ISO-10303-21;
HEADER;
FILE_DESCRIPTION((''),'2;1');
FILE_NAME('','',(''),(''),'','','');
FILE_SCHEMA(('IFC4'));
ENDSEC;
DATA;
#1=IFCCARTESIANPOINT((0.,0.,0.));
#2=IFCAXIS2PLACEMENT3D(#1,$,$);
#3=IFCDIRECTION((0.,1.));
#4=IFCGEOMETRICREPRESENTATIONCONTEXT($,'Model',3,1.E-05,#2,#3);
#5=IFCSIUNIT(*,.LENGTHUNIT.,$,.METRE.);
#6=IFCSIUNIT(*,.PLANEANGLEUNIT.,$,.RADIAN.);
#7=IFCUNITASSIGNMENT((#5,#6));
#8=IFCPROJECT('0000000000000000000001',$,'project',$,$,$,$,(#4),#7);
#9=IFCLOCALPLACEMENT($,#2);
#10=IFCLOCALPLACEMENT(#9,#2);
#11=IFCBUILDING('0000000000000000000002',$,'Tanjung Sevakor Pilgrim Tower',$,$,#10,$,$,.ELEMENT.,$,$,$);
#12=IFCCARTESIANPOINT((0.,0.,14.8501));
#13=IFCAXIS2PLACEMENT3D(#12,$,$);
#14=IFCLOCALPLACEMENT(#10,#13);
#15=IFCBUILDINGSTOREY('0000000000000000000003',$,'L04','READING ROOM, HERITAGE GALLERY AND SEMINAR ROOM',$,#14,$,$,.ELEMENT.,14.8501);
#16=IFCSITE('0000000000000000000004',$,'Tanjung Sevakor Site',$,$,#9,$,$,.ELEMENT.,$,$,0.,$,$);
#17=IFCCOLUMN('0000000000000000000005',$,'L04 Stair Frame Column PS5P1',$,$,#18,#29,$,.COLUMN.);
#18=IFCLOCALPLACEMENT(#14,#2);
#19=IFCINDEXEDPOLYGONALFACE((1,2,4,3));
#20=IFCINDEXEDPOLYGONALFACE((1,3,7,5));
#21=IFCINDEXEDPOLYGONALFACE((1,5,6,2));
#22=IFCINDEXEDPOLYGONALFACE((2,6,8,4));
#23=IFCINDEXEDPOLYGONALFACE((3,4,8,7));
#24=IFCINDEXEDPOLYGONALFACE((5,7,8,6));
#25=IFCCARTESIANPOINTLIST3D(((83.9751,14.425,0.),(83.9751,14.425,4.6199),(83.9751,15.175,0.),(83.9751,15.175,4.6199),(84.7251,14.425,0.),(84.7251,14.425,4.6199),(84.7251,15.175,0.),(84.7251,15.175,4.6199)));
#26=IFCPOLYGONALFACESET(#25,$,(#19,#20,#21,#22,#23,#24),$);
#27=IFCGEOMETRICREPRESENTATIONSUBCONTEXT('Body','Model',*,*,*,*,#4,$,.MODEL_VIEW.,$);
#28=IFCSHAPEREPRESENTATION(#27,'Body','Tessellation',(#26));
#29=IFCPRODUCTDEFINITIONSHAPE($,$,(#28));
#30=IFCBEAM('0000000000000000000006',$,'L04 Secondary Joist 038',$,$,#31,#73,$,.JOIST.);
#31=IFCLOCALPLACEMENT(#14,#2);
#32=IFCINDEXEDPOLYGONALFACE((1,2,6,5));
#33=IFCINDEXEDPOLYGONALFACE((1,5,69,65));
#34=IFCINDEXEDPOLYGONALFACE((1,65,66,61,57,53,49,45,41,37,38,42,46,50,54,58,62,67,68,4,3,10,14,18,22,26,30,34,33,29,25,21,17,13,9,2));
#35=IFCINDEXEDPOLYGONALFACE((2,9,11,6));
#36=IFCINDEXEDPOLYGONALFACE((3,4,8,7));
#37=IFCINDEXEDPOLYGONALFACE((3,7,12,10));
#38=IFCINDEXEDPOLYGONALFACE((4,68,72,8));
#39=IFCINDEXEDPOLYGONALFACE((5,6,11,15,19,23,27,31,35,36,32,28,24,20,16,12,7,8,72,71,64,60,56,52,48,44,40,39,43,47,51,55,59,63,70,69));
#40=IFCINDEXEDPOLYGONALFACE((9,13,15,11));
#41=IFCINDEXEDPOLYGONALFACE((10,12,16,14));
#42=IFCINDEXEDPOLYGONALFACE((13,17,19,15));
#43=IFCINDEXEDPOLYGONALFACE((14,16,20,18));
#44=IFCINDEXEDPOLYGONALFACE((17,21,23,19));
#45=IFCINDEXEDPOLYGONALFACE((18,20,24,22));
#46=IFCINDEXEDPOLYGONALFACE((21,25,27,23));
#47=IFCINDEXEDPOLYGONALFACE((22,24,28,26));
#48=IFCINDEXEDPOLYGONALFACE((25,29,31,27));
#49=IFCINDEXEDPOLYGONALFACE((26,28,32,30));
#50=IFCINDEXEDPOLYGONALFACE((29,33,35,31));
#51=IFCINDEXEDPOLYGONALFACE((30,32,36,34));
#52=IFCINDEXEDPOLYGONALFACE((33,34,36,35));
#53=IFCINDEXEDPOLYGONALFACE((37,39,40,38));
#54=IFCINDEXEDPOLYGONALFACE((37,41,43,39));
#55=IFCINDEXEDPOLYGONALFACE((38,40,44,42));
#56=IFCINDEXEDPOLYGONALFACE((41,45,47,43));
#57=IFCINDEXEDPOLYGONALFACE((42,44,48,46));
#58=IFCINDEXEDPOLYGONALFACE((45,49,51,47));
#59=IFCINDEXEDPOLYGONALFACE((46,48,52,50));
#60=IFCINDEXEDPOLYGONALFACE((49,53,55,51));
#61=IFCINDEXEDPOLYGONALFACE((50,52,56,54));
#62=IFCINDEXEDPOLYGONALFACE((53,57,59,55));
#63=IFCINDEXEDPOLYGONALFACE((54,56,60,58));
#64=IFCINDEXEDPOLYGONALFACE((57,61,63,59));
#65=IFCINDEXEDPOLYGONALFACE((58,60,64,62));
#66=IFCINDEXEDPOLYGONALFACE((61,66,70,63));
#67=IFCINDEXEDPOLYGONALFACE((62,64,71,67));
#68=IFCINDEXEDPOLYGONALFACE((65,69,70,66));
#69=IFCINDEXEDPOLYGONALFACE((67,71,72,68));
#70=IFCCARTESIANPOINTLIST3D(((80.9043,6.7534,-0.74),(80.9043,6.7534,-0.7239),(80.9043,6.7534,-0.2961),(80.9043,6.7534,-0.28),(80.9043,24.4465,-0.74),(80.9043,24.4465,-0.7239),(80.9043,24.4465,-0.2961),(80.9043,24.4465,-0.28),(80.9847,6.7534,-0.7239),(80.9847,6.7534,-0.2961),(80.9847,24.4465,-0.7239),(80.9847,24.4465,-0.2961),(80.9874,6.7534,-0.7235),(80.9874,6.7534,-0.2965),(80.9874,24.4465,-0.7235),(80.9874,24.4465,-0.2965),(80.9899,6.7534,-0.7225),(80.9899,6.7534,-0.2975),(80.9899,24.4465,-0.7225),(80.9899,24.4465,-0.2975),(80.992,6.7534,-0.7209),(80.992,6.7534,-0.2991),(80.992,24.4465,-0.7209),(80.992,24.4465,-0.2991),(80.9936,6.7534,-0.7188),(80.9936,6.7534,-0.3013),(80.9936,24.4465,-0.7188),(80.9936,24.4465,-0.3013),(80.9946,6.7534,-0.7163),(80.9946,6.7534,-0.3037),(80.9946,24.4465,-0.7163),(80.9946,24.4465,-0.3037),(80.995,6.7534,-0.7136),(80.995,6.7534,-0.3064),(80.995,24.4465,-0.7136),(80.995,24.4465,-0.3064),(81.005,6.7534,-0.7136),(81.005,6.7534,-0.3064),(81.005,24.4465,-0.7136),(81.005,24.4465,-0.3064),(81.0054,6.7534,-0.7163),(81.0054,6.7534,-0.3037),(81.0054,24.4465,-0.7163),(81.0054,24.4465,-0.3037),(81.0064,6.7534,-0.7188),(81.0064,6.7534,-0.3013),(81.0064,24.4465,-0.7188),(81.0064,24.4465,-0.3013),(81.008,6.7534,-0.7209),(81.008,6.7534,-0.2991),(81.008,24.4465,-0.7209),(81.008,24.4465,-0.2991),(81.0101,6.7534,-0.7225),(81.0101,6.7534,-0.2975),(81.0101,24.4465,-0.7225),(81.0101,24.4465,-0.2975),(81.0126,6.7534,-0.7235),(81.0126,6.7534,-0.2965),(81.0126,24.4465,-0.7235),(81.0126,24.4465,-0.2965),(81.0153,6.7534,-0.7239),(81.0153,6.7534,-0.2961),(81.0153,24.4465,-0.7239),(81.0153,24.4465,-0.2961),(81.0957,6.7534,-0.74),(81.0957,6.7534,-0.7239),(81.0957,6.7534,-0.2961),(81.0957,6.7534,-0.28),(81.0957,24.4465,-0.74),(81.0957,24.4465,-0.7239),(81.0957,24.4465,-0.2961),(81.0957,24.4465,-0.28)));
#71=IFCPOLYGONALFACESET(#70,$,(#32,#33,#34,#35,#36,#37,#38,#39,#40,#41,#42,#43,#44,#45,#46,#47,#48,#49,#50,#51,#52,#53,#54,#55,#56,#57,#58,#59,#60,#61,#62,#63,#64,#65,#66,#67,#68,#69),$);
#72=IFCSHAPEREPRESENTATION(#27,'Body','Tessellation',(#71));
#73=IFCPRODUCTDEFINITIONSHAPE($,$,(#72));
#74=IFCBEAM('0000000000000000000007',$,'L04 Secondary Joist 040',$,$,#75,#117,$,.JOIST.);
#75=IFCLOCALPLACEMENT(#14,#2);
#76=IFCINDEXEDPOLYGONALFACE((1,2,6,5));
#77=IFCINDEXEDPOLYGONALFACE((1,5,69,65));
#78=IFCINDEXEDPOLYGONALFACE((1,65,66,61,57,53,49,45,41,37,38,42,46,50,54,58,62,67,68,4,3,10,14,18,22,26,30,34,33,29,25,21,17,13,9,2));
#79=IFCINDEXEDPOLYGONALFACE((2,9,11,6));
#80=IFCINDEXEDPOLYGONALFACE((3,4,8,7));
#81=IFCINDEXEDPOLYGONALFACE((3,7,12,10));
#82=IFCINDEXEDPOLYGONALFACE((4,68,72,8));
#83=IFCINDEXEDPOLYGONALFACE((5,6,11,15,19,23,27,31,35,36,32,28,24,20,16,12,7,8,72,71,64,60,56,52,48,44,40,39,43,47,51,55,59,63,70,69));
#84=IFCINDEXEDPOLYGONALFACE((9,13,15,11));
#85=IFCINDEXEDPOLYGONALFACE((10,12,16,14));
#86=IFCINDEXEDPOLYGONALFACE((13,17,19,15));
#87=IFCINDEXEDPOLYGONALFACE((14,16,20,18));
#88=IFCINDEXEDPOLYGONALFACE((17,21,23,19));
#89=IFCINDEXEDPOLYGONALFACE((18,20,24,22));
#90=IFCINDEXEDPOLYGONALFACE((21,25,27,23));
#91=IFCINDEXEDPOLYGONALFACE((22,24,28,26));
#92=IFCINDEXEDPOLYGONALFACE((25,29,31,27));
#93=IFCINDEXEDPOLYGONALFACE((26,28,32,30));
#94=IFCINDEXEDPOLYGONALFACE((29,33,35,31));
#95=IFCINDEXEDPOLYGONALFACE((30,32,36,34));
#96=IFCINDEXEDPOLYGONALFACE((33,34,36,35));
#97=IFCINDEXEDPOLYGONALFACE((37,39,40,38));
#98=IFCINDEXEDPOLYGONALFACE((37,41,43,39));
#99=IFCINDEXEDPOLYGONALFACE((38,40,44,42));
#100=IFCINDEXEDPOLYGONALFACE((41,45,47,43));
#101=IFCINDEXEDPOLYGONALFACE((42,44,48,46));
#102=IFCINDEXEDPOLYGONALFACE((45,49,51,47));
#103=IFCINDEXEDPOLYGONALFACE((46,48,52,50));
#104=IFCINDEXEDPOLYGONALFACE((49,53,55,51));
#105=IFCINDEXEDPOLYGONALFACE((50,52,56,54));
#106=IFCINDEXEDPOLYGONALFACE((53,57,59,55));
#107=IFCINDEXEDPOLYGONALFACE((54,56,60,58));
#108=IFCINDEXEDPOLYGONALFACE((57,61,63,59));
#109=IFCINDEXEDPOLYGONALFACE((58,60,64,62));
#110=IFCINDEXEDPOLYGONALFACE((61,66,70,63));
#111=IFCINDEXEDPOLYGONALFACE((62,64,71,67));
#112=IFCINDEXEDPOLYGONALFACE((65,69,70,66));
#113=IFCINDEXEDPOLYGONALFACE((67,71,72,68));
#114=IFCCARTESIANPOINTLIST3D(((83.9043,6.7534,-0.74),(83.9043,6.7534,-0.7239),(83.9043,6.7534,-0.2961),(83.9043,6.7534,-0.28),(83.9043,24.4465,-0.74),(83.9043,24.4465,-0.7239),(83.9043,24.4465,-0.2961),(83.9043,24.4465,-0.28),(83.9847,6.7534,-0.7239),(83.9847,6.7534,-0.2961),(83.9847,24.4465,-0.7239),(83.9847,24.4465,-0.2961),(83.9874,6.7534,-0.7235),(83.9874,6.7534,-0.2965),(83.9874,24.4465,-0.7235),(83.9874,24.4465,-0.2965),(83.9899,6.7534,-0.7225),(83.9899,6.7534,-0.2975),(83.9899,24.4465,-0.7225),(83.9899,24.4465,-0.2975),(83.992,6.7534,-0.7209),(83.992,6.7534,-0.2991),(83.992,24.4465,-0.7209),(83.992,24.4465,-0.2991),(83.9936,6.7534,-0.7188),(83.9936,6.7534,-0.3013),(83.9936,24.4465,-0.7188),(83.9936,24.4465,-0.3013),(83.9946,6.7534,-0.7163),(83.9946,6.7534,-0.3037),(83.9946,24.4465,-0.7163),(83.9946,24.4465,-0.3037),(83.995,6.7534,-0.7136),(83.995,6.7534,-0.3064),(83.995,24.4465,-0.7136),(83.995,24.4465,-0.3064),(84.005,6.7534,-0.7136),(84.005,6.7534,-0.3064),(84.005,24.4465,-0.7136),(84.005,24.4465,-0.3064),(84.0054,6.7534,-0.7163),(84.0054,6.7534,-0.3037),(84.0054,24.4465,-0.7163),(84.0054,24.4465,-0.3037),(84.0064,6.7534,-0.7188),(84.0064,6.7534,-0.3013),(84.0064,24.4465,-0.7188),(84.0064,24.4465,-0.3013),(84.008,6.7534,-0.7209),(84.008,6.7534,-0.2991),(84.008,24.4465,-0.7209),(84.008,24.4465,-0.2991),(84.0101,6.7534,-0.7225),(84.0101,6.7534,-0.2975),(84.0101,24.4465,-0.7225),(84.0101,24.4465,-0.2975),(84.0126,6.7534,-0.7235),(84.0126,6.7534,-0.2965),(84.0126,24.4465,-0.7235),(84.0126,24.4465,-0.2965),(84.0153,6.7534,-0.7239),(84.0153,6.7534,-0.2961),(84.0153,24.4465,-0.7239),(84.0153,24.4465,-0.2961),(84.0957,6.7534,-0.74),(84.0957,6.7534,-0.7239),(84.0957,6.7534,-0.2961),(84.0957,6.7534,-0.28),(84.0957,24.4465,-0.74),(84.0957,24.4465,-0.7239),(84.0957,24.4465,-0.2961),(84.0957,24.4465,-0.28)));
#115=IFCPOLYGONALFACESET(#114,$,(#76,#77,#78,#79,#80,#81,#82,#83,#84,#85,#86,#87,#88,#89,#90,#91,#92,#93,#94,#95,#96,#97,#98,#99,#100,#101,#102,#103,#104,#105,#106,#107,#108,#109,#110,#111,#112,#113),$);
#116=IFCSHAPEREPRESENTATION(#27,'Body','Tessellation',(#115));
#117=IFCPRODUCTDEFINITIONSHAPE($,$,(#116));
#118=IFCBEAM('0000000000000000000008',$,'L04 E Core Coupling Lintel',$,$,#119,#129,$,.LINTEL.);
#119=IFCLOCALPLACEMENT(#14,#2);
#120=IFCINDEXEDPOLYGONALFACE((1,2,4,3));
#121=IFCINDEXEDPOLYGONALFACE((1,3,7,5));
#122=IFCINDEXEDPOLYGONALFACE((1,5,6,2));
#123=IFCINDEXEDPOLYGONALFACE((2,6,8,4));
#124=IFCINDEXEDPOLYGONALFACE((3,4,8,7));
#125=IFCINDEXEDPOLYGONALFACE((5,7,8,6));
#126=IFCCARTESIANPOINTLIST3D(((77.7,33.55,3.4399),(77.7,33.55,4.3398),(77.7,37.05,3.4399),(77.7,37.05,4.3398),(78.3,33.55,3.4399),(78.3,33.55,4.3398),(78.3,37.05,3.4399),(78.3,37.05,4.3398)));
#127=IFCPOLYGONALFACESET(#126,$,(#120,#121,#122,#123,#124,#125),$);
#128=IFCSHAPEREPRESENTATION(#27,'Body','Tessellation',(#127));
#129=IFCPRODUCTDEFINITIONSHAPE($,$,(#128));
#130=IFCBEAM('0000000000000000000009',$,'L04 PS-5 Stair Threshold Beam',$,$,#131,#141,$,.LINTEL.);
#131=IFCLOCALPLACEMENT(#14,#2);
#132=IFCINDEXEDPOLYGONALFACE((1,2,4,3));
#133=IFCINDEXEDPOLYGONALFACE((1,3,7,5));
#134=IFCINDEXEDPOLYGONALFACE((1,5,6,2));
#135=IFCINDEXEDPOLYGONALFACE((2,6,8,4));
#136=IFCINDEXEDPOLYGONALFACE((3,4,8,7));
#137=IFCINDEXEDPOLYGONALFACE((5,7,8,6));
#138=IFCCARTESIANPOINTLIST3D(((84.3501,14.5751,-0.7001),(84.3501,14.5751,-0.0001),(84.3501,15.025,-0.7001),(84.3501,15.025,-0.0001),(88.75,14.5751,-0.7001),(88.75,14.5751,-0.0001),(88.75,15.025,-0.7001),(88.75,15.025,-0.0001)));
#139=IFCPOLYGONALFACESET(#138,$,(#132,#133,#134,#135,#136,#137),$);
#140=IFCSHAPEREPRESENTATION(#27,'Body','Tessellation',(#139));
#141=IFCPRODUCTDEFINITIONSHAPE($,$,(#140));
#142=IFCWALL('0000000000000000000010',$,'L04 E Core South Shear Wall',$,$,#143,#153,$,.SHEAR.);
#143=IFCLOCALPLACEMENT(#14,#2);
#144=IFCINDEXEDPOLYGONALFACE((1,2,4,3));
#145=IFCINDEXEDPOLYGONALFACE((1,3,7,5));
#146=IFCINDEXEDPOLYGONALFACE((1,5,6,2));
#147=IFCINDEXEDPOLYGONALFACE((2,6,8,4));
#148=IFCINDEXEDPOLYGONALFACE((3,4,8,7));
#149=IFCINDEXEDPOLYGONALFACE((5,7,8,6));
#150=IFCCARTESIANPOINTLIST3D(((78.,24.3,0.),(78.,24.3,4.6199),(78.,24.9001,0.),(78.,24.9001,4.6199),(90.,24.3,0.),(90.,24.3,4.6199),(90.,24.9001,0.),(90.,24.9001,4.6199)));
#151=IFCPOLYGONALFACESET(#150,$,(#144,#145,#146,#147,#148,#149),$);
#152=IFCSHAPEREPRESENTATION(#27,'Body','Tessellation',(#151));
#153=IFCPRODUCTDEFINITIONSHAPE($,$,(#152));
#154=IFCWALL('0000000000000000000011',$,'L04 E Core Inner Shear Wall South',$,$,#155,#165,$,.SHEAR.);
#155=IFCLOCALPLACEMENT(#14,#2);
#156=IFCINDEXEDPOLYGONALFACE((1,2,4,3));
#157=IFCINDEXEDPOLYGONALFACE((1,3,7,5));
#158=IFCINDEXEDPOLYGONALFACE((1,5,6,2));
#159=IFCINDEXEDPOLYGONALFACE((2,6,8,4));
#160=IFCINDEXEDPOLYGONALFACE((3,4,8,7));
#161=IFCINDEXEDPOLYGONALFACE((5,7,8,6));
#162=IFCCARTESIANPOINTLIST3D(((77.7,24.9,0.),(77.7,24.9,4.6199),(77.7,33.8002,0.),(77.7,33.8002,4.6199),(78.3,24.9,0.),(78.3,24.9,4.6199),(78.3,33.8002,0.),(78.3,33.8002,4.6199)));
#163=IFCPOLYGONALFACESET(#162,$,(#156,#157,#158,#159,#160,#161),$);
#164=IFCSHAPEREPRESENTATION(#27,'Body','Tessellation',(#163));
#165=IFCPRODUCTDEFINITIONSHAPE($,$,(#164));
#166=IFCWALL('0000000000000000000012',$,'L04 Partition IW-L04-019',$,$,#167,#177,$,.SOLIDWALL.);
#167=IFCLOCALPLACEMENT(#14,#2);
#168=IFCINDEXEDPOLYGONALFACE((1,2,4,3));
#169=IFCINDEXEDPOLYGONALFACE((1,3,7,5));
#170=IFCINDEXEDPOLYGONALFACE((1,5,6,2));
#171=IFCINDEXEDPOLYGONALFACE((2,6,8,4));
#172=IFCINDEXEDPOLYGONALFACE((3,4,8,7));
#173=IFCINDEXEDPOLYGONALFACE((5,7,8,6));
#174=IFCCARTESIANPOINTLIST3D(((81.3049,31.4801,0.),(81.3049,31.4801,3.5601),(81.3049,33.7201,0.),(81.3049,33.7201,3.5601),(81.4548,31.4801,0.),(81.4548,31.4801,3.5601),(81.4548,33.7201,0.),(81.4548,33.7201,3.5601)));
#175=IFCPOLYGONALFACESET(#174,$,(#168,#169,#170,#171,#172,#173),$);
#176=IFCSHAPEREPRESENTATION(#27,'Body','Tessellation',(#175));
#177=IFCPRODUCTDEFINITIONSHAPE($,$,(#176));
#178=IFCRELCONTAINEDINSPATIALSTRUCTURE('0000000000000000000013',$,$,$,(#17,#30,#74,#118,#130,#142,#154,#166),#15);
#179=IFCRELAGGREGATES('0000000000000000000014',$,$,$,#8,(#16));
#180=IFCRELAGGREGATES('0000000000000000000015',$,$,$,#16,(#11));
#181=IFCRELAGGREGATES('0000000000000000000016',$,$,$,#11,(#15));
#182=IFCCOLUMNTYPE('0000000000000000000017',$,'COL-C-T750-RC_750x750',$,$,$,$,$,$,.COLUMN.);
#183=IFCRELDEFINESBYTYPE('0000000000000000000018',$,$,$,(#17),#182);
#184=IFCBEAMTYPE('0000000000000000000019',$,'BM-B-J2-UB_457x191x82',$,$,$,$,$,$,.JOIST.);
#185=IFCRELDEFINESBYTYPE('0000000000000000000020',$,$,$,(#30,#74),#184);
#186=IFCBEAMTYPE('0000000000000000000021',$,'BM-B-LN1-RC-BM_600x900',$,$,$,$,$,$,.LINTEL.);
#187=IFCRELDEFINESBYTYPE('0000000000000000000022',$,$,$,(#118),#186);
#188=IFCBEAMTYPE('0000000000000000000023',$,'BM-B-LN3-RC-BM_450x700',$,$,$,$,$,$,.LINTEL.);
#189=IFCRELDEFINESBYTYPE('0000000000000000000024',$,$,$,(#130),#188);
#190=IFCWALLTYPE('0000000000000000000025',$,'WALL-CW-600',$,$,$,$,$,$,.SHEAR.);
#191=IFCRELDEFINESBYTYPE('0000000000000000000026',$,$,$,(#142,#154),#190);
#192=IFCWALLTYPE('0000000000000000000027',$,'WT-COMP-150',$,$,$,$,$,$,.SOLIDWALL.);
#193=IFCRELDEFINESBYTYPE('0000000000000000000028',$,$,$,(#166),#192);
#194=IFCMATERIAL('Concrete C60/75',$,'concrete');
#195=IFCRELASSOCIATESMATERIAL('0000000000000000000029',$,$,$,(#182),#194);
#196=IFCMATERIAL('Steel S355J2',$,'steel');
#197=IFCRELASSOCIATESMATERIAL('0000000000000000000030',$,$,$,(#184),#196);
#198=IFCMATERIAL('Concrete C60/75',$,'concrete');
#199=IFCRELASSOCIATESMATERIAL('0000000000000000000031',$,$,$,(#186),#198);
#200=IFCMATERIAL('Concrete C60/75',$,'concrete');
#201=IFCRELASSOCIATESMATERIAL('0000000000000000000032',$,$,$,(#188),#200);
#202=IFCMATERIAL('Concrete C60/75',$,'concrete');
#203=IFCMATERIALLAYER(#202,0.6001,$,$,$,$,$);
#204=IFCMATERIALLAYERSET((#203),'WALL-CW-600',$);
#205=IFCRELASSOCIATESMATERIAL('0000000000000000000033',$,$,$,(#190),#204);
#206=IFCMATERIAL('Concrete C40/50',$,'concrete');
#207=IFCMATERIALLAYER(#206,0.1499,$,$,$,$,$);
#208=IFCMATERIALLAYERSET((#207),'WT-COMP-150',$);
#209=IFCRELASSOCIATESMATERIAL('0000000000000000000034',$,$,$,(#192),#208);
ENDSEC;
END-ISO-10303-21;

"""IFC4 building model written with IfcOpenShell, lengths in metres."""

from ifc_helpers import new_model, si_unit, direction, frame, frame_2d, origin, origin_2d, place, context, subcontext, project, spatial, rectangle, i_section, extrude, material, layer, layer_set, material_profile, profile_set, type_object, element, save


model = new_model("IFC4")

# Units and contexts
model_context = context("Model", 3, precision=1e-05, world=origin(), true_north=direction((0.0, 1.0)))
body_context = subcontext(model_context, "Body", "Model", "MODEL_VIEW")
ifc_project = project(units=[si_unit("LENGTHUNIT", "METRE"), si_unit("PLANEANGLEUNIT", "RADIAN")], contexts=[model_context])

# Site, building, storey
site_placement = place(None, origin())
site = spatial("IfcSite", under=ifc_project, at=site_placement, Name="Tanjung Sevakor Site", CompositionType="ELEMENT", RefElevation=0.0)
building_placement = place(site_placement, origin())
building = spatial("IfcBuilding", under=site, at=building_placement, Name="Tanjung Sevakor Pilgrim Tower", CompositionType="ELEMENT")
storey_placement = place(building_placement, frame((0.0, 0.0, 14.8501)))
storey = spatial("IfcBuildingStorey", under=building, at=storey_placement, Name="L04", Description="READING ROOM, HERITAGE GALLERY AND SEMINAR ROOM", CompositionType="ELEMENT", Elevation=14.8501)

# Column
ifc_material_1 = material(Name="Concrete C60/75", Category="concrete")
ifc_material_profile_1 = material_profile(ifc_material_1, rectangle(XDim=0.75, YDim=0.75, at=origin_2d()))
ifc_profile_set_1 = profile_set([ifc_material_profile_1], Name="Concrete C60/75")
column_type = type_object("IfcColumnType", Name="COL-C-T750-RC_750x750", PredefinedType="COLUMN", material=ifc_profile_set_1)
column_placement = place(storey_placement, frame((84.3501, 14.8, 0.0), z_axis=(0.0, 0.0, 1.0), x_axis=(1.0, 0.0, 0.0)))
element("IfcColumn", 1, at=column_placement, inside=storey, type_object=column_type, Name="L04 Stair Frame Column PS5P1", PredefinedType="COLUMN", context=body_context, shape_type="SweptSolid", body=[
    extrude(rectangle(XDim=0.75, YDim=0.75, at=origin_2d()), origin(), (0.0, 0.0, 1.0), 4.6199),
])

# Beams
ifc_material_2 = material(Name="Steel S355J2", Category="steel")
ifc_material_profile_2 = material_profile(ifc_material_2, i_section(OverallWidth=0.1914, OverallDepth=0.46, WebThickness=0.01, FlangeThickness=0.0161, FilletRadius=0.0103, at=origin_2d()))
ifc_profile_set_2 = profile_set([ifc_material_profile_2], Name="Steel S355J2")
beam_type_1 = type_object("IfcBeamType", Name="BM-B-J2-UB_457x191x82", PredefinedType="JOIST", material=ifc_profile_set_2)
for number, where, z_axis, x_axis, name in (
    (2, (81.0, 6.7534, -0.51), (0.0, 1.0, 0.0), (-1.0, 0.0, 0.0), "L04 Secondary Joist 038"),
    (3, (84.0, 6.7534, -0.51), (0.0, 1.0, 0.0), (-1.0, 0.0, 0.0), "L04 Secondary Joist 040"),
):
    element("IfcBeam", number, at=place(storey_placement, frame(where, z_axis=z_axis, x_axis=x_axis)), inside=storey, type_object=beam_type_1, Name=name, PredefinedType="JOIST", context=body_context, shape_type="SweptSolid", body=[
        extrude(i_section(OverallWidth=0.1914, OverallDepth=0.46, WebThickness=0.01, FlangeThickness=0.0161, FilletRadius=0.0103, at=origin_2d()), origin(), (0.0, 0.0, 1.0), 17.6931),
    ])
ifc_material_3 = material(Name="Concrete C60/75", Category="concrete")
ifc_material_profile_3 = material_profile(ifc_material_3, rectangle(XDim=0.6001, YDim=0.8999, at=origin_2d()))
ifc_profile_set_3 = profile_set([ifc_material_profile_3], Name="Concrete C60/75")
beam_type_2 = type_object("IfcBeamType", Name="BM-B-LN1-RC-BM_600x900", PredefinedType="LINTEL", material=ifc_profile_set_3)
beam_1_placement = place(storey_placement, frame((78.0, 33.55, 3.8899), z_axis=(0.0, 1.0, 0.0), x_axis=(-1.0, 0.0, 0.0)))
element("IfcBeam", 4, at=beam_1_placement, inside=storey, type_object=beam_type_2, Name="L04 E Core Coupling Lintel", PredefinedType="LINTEL", context=body_context, shape_type="SweptSolid", body=[
    extrude(rectangle(XDim=0.6001, YDim=0.8999, at=origin_2d()), origin(), (0.0, 0.0, 1.0), 3.5),
])
ifc_material_4 = material(Name="Concrete C60/75", Category="concrete")
ifc_material_profile_4 = material_profile(ifc_material_4, rectangle(XDim=0.45, YDim=0.7, at=origin_2d()))
ifc_profile_set_4 = profile_set([ifc_material_profile_4], Name="Concrete C60/75")
beam_type_3 = type_object("IfcBeamType", Name="BM-B-LN3-RC-BM_450x700", PredefinedType="LINTEL", material=ifc_profile_set_4)
beam_2_placement = place(storey_placement, frame((84.3501, 14.8, -0.3501), z_axis=(1.0, 0.0, 0.0), x_axis=(0.0, 1.0, 0.0)))
element("IfcBeam", 5, at=beam_2_placement, inside=storey, type_object=beam_type_3, Name="L04 PS-5 Stair Threshold Beam", PredefinedType="LINTEL", context=body_context, shape_type="SweptSolid", body=[
    extrude(rectangle(XDim=0.45, YDim=0.7, at=origin_2d()), origin(), (0.0, 0.0, 1.0), 4.3999),
])

# Walls
ifc_material_5 = material(Name="Concrete C60/75", Category="concrete")
ifc_layer_1 = layer(ifc_material_5, 0.6001)
ifc_layer_set_1 = layer_set([ifc_layer_1], Name="WALL-CW-600")
wall_type_1 = type_object("IfcWallType", Name="WALL-CW-600", PredefinedType="SHEAR", material=ifc_layer_set_1)
wall_1_placement = place(storey_placement, frame((78.0, 24.6001, 0.0), z_axis=(0.0, 0.0, 1.0), x_axis=(1.0, 0.0, 0.0)))
element("IfcWall", 6, at=wall_1_placement, inside=storey, type_object=wall_type_1, Name="L04 E Core South Shear Wall", PredefinedType="SHEAR", context=body_context, shape_type="SweptSolid", body=[
    extrude(rectangle(XDim=12.0, YDim=0.6001, at=frame_2d((6.0, 0.0))), origin(), (0.0, 0.0, 1.0), 4.6199),
])
wall_2_placement = place(storey_placement, frame((78.0, 24.8999, 0.0), z_axis=(0.0, 0.0, 1.0), x_axis=(0.0, 1.0, 0.0)))
element("IfcWall", 7, at=wall_2_placement, inside=storey, type_object=wall_type_1, Name="L04 E Core Inner Shear Wall South", PredefinedType="SHEAR", context=body_context, shape_type="SweptSolid", body=[
    extrude(rectangle(XDim=8.9001, YDim=0.6001, at=frame_2d((4.4502, 0.0))), origin(), (0.0, 0.0, 1.0), 4.6199),
])
ifc_material_6 = material(Name="Concrete C40/50", Category="concrete")
ifc_layer_2 = layer(ifc_material_6, 0.1499)
ifc_layer_set_2 = layer_set([ifc_layer_2], Name="WT-COMP-150")
wall_type_2 = type_object("IfcWallType", Name="WT-COMP-150", PredefinedType="SOLIDWALL", material=ifc_layer_set_2)
wall_3_placement = place(storey_placement, frame((81.3799, 31.48, 0.0), z_axis=(0.0, 0.0, 1.0), x_axis=(0.0, 1.0, 0.0)))
element("IfcWall", 8, at=wall_3_placement, inside=storey, type_object=wall_type_2, Name="L04 Partition IW-L04-019", PredefinedType="SOLIDWALL", context=body_context, shape_type="SweptSolid", body=[
    extrude(rectangle(XDim=2.24, YDim=0.1499, at=frame_2d((1.1201, 0.0))), origin(), (0.0, 0.0, 1.0), 3.5601),
])

save(model, "model.ifc")
